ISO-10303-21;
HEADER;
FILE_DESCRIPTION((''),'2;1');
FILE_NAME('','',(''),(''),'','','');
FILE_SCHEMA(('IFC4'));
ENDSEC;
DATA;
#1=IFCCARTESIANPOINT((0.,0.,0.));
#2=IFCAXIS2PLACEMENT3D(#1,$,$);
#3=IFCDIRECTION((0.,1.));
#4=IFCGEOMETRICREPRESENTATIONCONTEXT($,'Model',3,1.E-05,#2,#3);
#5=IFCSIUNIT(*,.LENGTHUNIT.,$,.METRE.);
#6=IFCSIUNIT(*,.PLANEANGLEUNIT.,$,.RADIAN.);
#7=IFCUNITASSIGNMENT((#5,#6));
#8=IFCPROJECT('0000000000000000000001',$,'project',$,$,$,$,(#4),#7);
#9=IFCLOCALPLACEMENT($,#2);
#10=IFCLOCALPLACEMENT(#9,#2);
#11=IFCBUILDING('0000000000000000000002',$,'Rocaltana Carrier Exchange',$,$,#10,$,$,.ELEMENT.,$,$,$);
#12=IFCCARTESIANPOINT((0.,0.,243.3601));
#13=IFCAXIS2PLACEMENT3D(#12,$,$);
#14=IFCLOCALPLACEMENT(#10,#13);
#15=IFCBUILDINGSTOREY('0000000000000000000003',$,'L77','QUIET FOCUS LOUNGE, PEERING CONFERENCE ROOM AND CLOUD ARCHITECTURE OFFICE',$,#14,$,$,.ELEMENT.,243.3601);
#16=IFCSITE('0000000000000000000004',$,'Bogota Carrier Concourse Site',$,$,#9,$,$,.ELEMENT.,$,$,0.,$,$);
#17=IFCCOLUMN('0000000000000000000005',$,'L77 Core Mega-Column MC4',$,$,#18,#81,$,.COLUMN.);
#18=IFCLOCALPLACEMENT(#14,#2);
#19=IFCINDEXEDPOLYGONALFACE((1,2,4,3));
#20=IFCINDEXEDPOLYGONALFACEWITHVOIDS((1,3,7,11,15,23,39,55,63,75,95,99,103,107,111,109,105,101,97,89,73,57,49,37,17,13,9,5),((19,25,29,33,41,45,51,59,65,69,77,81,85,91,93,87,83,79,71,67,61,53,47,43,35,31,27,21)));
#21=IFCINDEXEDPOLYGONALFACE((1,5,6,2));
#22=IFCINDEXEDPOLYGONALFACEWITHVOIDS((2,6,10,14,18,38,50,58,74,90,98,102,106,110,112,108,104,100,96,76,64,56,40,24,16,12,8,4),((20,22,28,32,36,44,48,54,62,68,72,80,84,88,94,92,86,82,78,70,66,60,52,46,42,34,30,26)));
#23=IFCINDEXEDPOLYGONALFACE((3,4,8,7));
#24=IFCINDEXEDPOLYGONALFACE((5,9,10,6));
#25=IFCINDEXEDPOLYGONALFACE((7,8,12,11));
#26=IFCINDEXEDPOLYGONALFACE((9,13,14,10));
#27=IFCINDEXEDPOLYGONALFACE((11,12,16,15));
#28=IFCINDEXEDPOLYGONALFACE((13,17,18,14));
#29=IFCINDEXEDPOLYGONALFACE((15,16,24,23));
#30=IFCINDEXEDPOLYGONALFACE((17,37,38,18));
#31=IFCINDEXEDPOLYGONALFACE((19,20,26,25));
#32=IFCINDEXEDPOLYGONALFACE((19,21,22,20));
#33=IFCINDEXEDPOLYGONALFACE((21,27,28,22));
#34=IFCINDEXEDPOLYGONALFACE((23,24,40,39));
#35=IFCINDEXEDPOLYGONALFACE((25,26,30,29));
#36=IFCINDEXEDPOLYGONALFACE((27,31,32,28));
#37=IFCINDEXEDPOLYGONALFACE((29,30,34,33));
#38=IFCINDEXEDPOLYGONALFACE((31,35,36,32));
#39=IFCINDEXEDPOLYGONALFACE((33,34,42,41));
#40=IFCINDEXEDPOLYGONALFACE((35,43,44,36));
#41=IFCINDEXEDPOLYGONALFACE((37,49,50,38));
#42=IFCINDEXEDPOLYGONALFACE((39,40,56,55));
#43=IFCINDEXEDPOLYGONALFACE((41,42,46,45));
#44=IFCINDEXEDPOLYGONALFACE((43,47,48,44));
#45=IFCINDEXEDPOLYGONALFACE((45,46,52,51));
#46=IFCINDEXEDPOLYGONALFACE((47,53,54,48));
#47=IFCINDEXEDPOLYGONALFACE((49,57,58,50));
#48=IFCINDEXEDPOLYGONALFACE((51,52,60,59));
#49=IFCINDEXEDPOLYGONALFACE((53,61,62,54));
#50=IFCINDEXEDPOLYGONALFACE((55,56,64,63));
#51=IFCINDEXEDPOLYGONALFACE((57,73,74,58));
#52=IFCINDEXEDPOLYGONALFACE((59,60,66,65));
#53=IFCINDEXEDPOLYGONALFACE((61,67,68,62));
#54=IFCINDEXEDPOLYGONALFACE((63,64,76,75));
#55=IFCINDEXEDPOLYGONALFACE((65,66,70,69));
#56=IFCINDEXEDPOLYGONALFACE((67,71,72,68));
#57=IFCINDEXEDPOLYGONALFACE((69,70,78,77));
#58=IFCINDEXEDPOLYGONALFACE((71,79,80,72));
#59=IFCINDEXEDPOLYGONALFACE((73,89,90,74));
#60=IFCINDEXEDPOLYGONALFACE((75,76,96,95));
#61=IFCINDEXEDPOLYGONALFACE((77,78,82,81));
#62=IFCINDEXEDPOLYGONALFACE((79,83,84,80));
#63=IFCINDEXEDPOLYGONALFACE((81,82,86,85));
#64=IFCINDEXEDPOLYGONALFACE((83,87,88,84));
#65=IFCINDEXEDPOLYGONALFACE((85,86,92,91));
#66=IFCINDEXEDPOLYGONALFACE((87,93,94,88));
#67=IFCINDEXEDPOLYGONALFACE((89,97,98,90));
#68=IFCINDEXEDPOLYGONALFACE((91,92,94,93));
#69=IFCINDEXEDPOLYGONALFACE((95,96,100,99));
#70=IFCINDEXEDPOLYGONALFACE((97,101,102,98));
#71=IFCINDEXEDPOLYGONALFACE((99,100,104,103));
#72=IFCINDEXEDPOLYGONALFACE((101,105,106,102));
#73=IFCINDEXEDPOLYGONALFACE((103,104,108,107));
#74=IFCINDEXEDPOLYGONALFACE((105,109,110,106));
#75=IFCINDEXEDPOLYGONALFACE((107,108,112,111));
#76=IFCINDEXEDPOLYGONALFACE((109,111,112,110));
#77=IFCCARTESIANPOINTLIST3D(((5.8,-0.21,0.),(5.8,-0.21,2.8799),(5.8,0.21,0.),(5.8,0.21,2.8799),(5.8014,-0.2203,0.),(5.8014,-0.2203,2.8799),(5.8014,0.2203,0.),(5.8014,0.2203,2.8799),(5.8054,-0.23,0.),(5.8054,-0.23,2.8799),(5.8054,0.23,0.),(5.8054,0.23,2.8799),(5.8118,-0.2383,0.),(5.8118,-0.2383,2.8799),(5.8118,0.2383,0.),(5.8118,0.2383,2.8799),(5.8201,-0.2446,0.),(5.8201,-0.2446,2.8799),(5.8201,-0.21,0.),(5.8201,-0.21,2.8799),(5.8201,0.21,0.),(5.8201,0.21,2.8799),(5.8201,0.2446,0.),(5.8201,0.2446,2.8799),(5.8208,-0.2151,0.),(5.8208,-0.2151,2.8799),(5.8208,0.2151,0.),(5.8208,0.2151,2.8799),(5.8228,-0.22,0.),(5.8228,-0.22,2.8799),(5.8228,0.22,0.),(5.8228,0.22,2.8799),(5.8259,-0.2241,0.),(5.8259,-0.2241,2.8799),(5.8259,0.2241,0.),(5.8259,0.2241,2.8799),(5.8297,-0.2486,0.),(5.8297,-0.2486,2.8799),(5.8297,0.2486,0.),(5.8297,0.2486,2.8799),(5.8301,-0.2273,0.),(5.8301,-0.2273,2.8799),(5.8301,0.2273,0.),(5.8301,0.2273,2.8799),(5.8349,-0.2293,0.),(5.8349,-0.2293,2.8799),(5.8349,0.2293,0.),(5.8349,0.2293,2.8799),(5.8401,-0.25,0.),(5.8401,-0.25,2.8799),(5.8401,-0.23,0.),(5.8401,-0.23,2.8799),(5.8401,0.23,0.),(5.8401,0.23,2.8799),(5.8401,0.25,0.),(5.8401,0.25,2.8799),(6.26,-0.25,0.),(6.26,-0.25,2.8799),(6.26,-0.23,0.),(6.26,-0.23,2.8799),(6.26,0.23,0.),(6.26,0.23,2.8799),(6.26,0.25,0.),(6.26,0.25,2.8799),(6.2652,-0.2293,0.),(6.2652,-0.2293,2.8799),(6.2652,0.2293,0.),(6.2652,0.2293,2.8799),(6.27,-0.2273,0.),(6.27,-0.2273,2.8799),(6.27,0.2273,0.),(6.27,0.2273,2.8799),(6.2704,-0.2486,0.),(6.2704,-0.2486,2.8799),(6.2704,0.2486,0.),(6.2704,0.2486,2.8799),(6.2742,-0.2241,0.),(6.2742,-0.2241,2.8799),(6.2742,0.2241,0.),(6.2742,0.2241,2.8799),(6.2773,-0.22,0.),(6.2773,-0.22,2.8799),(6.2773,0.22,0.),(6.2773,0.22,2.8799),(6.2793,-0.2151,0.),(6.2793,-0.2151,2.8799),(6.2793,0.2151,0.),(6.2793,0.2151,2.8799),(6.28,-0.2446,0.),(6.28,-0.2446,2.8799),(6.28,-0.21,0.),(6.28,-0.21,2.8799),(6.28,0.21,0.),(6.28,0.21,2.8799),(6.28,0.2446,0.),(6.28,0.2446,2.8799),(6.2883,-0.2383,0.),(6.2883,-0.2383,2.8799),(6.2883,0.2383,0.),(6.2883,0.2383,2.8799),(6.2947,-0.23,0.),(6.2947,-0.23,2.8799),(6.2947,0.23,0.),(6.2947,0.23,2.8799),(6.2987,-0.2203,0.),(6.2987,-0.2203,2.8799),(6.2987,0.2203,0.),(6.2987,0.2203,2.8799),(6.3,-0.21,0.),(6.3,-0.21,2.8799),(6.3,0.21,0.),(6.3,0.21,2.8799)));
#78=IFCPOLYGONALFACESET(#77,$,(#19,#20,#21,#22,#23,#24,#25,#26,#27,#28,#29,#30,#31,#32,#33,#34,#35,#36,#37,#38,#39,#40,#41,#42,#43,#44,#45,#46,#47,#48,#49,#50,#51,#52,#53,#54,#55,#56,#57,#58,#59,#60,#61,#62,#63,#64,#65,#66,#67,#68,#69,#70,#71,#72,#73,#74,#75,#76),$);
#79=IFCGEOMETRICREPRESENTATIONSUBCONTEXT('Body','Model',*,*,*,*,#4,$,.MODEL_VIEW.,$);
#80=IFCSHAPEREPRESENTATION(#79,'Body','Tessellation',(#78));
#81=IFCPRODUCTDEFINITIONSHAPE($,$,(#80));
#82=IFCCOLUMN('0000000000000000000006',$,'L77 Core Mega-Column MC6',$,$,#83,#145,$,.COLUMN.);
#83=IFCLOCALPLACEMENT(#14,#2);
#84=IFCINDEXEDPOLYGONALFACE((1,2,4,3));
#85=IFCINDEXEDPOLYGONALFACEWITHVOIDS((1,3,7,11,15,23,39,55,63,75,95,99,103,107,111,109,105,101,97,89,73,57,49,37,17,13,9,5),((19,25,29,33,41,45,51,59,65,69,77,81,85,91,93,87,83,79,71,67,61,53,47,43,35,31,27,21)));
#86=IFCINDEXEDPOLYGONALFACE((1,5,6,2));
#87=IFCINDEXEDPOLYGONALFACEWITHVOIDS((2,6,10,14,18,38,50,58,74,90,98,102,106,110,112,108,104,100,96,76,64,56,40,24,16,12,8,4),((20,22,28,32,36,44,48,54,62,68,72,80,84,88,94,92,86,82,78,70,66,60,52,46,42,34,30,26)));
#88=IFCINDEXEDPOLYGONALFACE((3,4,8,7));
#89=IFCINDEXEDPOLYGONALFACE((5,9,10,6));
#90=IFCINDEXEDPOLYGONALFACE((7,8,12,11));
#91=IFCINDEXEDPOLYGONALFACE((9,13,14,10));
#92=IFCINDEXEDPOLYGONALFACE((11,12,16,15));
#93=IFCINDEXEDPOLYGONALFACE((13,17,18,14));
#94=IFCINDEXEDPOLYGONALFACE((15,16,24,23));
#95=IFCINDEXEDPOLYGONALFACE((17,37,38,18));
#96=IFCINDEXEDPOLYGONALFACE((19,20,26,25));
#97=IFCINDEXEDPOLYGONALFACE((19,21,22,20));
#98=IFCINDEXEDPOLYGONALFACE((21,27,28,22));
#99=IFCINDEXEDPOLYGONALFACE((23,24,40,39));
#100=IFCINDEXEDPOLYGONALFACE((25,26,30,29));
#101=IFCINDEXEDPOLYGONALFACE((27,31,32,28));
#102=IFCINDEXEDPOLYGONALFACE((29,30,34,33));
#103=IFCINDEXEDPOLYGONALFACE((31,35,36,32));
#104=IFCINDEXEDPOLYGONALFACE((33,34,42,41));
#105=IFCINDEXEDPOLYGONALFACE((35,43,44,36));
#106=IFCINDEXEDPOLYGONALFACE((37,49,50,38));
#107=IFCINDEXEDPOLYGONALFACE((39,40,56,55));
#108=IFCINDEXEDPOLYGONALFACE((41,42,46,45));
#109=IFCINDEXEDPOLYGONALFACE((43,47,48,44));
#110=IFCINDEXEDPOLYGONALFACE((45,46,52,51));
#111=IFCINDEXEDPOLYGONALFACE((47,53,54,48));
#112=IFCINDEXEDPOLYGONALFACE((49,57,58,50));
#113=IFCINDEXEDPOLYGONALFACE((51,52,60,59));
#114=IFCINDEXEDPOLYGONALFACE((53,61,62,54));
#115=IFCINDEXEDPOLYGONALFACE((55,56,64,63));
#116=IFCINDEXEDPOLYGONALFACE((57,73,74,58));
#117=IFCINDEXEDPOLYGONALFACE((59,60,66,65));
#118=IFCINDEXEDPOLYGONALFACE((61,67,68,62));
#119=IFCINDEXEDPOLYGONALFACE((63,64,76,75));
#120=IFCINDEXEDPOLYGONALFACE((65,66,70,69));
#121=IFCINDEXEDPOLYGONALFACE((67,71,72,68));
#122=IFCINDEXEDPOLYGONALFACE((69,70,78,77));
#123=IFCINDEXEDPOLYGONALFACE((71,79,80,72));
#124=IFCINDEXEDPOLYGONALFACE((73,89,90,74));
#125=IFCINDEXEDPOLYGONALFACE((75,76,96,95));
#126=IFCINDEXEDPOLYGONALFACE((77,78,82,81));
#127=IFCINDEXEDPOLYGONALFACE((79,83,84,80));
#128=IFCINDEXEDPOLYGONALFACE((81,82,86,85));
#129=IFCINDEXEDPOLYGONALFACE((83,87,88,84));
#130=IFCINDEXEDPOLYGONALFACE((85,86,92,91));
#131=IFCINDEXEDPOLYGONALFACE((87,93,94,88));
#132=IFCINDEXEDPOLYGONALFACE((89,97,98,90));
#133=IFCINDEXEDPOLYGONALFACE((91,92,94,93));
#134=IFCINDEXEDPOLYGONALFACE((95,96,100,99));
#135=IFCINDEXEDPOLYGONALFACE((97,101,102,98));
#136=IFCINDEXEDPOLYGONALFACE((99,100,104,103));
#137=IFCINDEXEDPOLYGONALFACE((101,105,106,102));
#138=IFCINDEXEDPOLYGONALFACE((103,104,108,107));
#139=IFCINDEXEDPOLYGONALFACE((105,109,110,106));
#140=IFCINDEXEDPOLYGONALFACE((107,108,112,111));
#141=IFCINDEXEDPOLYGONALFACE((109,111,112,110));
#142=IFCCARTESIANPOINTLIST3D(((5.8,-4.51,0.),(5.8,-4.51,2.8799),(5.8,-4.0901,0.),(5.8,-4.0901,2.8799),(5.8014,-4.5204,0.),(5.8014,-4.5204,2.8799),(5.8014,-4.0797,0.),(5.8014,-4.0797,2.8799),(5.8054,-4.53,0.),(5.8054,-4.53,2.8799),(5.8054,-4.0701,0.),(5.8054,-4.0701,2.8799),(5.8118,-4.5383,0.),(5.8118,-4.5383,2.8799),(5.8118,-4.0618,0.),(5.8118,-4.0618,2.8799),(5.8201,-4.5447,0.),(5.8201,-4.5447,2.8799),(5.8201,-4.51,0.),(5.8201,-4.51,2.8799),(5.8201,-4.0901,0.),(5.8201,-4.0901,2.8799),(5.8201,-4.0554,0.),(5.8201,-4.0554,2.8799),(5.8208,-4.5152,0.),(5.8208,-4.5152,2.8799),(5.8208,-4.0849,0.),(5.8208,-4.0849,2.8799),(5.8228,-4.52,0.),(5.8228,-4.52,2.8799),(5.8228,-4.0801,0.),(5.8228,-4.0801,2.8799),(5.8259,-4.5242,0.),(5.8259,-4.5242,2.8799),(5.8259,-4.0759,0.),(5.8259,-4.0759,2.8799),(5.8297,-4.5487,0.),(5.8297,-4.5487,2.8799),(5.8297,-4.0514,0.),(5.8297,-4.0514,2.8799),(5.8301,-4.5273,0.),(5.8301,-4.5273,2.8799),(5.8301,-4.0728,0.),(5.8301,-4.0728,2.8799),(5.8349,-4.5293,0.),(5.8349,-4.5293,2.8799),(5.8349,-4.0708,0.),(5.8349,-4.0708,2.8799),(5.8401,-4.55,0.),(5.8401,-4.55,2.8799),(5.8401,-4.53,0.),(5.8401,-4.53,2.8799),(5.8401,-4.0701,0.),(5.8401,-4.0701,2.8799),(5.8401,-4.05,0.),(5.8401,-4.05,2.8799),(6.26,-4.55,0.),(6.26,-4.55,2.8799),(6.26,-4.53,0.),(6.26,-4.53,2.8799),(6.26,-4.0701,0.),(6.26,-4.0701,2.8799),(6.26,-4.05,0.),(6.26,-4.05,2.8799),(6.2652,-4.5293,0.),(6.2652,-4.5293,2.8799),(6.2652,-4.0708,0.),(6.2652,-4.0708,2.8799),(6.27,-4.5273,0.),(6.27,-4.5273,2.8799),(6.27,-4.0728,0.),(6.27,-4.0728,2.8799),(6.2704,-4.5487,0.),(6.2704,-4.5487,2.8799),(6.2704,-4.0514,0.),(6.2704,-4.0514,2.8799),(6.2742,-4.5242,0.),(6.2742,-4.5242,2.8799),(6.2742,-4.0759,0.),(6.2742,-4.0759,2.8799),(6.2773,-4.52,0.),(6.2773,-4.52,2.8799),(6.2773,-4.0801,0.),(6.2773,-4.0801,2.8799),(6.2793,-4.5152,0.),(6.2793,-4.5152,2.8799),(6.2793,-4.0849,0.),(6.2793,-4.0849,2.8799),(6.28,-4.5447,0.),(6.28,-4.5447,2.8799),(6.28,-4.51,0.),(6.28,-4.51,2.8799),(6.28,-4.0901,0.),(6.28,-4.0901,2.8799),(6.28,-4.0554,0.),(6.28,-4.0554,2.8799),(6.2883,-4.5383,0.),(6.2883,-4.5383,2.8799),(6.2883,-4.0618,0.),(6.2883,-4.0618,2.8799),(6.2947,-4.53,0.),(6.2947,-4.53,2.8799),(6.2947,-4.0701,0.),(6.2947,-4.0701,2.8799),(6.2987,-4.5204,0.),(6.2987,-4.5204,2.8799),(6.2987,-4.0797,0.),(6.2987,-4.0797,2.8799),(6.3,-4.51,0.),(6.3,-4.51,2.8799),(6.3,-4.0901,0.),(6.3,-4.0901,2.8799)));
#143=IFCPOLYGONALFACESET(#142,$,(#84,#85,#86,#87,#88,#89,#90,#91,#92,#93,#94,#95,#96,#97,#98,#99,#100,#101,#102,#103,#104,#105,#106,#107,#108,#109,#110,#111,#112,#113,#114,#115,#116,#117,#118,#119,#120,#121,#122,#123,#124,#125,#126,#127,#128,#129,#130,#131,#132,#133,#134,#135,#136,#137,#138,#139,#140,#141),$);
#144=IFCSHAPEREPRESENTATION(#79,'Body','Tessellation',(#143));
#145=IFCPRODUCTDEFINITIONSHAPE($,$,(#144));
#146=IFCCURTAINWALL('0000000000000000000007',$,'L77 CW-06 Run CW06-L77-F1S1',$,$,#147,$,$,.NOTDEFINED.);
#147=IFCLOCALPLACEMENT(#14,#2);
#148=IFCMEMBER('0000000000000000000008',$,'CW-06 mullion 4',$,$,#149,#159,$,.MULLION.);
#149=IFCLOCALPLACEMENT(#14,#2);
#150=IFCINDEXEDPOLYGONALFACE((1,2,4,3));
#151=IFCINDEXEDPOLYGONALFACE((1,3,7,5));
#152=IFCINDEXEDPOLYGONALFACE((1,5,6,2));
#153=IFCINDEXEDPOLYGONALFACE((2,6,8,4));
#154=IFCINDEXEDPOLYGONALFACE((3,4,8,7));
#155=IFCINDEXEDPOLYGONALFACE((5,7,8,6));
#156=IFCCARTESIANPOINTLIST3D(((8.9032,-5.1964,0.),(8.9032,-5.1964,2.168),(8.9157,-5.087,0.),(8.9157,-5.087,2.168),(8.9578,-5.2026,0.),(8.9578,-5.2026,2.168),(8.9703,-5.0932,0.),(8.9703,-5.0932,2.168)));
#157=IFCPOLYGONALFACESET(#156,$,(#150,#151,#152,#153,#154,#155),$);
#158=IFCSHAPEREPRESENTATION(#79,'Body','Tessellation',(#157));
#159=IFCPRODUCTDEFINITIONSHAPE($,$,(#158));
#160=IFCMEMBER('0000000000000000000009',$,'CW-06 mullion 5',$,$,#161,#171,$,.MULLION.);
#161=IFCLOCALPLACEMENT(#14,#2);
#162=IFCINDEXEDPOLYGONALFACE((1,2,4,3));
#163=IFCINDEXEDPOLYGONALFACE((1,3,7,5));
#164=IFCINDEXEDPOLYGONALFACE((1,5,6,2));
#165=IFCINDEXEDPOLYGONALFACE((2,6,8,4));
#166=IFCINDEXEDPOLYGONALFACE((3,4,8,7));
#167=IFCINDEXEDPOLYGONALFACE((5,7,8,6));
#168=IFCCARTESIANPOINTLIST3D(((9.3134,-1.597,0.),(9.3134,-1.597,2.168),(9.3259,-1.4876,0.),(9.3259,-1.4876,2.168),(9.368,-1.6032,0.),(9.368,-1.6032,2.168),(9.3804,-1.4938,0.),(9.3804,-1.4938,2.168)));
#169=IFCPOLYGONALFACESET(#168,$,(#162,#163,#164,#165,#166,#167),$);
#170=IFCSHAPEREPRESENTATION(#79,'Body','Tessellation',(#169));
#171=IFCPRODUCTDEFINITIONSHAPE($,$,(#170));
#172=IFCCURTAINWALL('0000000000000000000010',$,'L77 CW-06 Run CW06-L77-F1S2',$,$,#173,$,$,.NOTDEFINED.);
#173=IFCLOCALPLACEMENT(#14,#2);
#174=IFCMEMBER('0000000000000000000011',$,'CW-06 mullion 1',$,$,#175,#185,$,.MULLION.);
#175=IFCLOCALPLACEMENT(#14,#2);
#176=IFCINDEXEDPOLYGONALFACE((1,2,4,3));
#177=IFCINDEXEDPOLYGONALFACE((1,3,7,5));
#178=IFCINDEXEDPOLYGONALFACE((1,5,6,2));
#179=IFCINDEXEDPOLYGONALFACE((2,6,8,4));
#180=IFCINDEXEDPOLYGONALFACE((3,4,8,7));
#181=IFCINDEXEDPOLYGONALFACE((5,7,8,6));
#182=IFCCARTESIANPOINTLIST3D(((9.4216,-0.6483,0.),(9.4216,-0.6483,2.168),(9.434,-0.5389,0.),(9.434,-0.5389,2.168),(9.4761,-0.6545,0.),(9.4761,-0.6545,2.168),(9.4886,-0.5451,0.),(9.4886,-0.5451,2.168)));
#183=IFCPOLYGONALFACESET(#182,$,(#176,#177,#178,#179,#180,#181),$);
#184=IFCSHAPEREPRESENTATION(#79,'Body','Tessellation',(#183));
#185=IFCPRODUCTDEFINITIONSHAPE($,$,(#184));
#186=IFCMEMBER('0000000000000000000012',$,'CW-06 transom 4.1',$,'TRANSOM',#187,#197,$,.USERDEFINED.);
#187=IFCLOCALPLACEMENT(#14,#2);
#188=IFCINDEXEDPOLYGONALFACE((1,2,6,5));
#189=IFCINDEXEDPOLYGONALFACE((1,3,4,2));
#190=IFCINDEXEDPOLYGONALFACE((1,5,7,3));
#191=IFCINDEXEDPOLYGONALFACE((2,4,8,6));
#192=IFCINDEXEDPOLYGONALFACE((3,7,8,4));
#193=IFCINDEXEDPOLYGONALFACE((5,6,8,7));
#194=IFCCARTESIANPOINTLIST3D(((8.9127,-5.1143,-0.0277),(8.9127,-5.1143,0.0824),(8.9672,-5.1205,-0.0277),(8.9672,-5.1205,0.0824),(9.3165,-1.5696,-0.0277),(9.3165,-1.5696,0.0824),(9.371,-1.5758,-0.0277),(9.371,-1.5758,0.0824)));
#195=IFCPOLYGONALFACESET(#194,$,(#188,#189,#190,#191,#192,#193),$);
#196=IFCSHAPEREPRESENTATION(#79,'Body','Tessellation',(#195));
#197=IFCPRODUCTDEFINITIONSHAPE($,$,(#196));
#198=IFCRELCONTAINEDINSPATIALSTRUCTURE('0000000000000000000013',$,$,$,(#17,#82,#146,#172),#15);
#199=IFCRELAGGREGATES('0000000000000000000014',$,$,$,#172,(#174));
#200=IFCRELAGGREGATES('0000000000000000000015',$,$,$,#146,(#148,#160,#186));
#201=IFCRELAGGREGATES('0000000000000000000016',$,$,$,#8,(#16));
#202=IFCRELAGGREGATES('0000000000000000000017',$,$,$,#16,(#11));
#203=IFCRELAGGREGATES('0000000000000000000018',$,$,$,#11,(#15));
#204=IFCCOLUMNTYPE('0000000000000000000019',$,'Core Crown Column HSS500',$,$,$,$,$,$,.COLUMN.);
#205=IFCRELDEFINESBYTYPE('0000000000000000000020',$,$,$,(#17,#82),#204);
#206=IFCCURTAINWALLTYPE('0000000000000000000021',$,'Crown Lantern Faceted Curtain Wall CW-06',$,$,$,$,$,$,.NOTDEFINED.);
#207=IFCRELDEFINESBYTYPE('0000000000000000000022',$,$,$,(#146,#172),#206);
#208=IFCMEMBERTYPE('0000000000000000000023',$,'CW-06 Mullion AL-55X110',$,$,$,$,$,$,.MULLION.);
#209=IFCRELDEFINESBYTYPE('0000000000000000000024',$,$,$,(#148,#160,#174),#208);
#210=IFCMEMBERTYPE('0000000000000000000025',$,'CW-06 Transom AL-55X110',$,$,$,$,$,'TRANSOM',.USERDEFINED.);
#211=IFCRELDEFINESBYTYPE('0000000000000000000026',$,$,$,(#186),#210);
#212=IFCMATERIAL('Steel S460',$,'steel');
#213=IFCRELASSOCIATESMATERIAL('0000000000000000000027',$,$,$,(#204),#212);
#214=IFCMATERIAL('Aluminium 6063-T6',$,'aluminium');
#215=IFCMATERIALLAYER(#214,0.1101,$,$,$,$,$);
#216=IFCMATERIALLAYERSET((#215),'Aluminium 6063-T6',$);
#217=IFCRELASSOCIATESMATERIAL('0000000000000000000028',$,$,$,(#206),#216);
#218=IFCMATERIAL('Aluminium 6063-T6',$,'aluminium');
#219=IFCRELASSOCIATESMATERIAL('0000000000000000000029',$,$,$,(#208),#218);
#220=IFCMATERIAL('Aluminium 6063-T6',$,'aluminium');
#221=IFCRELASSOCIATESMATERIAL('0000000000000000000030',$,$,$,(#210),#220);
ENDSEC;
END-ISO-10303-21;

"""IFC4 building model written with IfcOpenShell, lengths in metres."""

from ifc_helpers import new_model, si_unit, direction, frame, origin, origin_2d, place, context, subcontext, project, spatial, rectangle, hollow_rectangle, extrude, material, layer, layer_set, material_profile, profile_set, type_object, element, aggregate, save


model = new_model("IFC4")

# Units and contexts
model_context = context("Model", 3, precision=1e-05, world=origin(), true_north=direction((0.0, 1.0)))
body_context = subcontext(model_context, "Body", "Model", "MODEL_VIEW")
ifc_project = project(units=[si_unit("LENGTHUNIT", "METRE"), si_unit("PLANEANGLEUNIT", "RADIAN")], contexts=[model_context])

# Site, building, storey
site_placement = place(None, origin())
site = spatial("IfcSite", under=ifc_project, at=site_placement, Name="Bogota Carrier Concourse Site", CompositionType="ELEMENT", RefElevation=0.0)
building_placement = place(site_placement, origin())
building = spatial("IfcBuilding", under=site, at=building_placement, Name="Rocaltana Carrier Exchange", CompositionType="ELEMENT")
storey_placement = place(building_placement, frame((0.0, 0.0, 243.3601)))
storey = spatial("IfcBuildingStorey", under=building, at=storey_placement, Name="L77", Description="QUIET FOCUS LOUNGE, PEERING CONFERENCE ROOM AND CLOUD ARCHITECTURE OFFICE", CompositionType="ELEMENT", Elevation=243.3601)

# Columns
ifc_material_1 = material(Name="Steel S460", Category="steel")
ifc_material_profile_1 = material_profile(ifc_material_1, hollow_rectangle(XDim=0.5, YDim=0.5, WallThickness=0.02, InnerFilletRadius=0.02, OuterFilletRadius=0.04, at=origin_2d()), Name="HSS500X500X20")
ifc_profile_set_1 = profile_set([ifc_material_profile_1], Name="Steel S460")
column_type = type_object("IfcColumnType", Name="Core Crown Column HSS500", PredefinedType="COLUMN", material=ifc_profile_set_1)
for number, where, z_axis, x_axis, name in (
    (1, (6.05, 0.0, 0.0), (0.0, 0.0, 1.0), (1.0, 0.0, 0.0), "L77 Core Mega-Column MC4"),
    (2, (6.05, -4.3, 0.0), (0.0, 0.0, 1.0), (1.0, 0.0, 0.0), "L77 Core Mega-Column MC6"),
):
    element("IfcColumn", number, at=place(storey_placement, frame(where, z_axis=z_axis, x_axis=x_axis)), inside=storey, type_object=column_type, Name=name, PredefinedType="COLUMN", context=body_context, shape_type="SweptSolid", body=[
        extrude(hollow_rectangle(XDim=0.5, YDim=0.5, WallThickness=0.02, InnerFilletRadius=0.02, OuterFilletRadius=0.04, at=origin_2d()), origin(), (0.0, 0.0, 1.0), 2.8799),
    ])

# Curtain wall, members
ifc_material_2 = material(Name="Aluminium 6063-T6", Category="aluminium")
ifc_layer_1 = layer(ifc_material_2, 0.1101)
ifc_layer_set_1 = layer_set([ifc_layer_1], Name="Aluminium 6063-T6")
curtain_wall_type = type_object("IfcCurtainWallType", Name="Crown Lantern Faceted Curtain Wall CW-06", PredefinedType="NOTDEFINED", material=ifc_layer_set_1)
curtain_wall_1_placement = place(storey_placement, origin())
curtain_wall_1 = element("IfcCurtainWall", 3, at=curtain_wall_1_placement, inside=storey, type_object=curtain_wall_type, Name="L77 CW-06 Run CW06-L77-F1S1", PredefinedType="NOTDEFINED")
ifc_material_3 = material(Name="Aluminium 6063-T6", Category="aluminium")
ifc_material_profile_2 = material_profile(ifc_material_3, rectangle(XDim=0.0549, YDim=0.1101, at=origin_2d()), Name="AL-55X110")
ifc_profile_set_2 = profile_set([ifc_material_profile_2], Name="Aluminium 6063-T6")
member_type_1 = type_object("IfcMemberType", Name="CW-06 Mullion AL-55X110", PredefinedType="MULLION", material=ifc_profile_set_2)
member_1_placement = place(storey_placement, frame((8.9368, -5.1448, 0.0), z_axis=(0.0, 0.0, 1.0), x_axis=(-0.993572, 0.113205, 0.0)))
member_1 = element("IfcMember", 4, at=member_1_placement, type_object=member_type_1, Name="CW-06 mullion 4", PredefinedType="MULLION", context=body_context, shape_type="SweptSolid", body=[
    extrude(rectangle(XDim=0.0549, YDim=0.1101, at=origin_2d()), origin(), (0.0, 0.0, 1.0), 2.168),
])
member_2_placement = place(storey_placement, frame((9.3469, -1.5454, 0.0), z_axis=(0.0, 0.0, 1.0), x_axis=(-0.993572, 0.113205, 0.0)))
member_2 = element("IfcMember", 5, at=member_2_placement, type_object=member_type_1, Name="CW-06 mullion 5", PredefinedType="MULLION", context=body_context, shape_type="SweptSolid", body=[
    extrude(rectangle(XDim=0.0549, YDim=0.1101, at=origin_2d()), origin(), (0.0, 0.0, 1.0), 2.168),
])

# Curtain wall, member
curtain_wall_2_placement = place(storey_placement, origin())
curtain_wall_2 = element("IfcCurtainWall", 6, at=curtain_wall_2_placement, inside=storey, type_object=curtain_wall_type, Name="L77 CW-06 Run CW06-L77-F1S2", PredefinedType="NOTDEFINED")
member_3_placement = place(storey_placement, frame((9.4551, -0.5967, 0.0), z_axis=(0.0, 0.0, 1.0), x_axis=(-0.993572, 0.113198, 0.0)))
member_3 = element("IfcMember", 7, at=member_3_placement, type_object=member_type_1, Name="CW-06 mullion 1", PredefinedType="MULLION", context=body_context, shape_type="SweptSolid", body=[
    extrude(rectangle(XDim=0.0549, YDim=0.1101, at=origin_2d()), origin(), (0.0, 0.0, 1.0), 2.168),
])

# Member
ifc_material_4 = material(Name="Aluminium 6063-T6", Category="aluminium")
ifc_material_profile_3 = material_profile(ifc_material_4, rectangle(XDim=0.0549, YDim=0.1101, at=origin_2d()), Name="AL-55X110")
ifc_profile_set_3 = profile_set([ifc_material_profile_3], Name="Aluminium 6063-T6")
member_type_2 = type_object("IfcMemberType", Name="CW-06 Transom AL-55X110", ElementType="TRANSOM", PredefinedType="USERDEFINED", material=ifc_profile_set_3)
member_4_placement = place(storey_placement, frame((8.9399, -5.1174, 0.0273), z_axis=(0.113188, 0.993574, 0.0), x_axis=(-0.993574, 0.113188, 0.0)))
member_4 = element("IfcMember", 8, at=member_4_placement, type_object=member_type_2, Name="CW-06 transom 4.1", ObjectType="TRANSOM", PredefinedType="USERDEFINED", context=body_context, shape_type="SweptSolid", body=[
    extrude(rectangle(XDim=0.0549, YDim=0.1101, at=origin_2d()), origin(), (0.0, 0.0, 1.0), 3.5676),
])
aggregate(curtain_wall_2, [member_3])

aggregate(curtain_wall_1, [member_1, member_2, member_4])

save(model, "model.ifc")
